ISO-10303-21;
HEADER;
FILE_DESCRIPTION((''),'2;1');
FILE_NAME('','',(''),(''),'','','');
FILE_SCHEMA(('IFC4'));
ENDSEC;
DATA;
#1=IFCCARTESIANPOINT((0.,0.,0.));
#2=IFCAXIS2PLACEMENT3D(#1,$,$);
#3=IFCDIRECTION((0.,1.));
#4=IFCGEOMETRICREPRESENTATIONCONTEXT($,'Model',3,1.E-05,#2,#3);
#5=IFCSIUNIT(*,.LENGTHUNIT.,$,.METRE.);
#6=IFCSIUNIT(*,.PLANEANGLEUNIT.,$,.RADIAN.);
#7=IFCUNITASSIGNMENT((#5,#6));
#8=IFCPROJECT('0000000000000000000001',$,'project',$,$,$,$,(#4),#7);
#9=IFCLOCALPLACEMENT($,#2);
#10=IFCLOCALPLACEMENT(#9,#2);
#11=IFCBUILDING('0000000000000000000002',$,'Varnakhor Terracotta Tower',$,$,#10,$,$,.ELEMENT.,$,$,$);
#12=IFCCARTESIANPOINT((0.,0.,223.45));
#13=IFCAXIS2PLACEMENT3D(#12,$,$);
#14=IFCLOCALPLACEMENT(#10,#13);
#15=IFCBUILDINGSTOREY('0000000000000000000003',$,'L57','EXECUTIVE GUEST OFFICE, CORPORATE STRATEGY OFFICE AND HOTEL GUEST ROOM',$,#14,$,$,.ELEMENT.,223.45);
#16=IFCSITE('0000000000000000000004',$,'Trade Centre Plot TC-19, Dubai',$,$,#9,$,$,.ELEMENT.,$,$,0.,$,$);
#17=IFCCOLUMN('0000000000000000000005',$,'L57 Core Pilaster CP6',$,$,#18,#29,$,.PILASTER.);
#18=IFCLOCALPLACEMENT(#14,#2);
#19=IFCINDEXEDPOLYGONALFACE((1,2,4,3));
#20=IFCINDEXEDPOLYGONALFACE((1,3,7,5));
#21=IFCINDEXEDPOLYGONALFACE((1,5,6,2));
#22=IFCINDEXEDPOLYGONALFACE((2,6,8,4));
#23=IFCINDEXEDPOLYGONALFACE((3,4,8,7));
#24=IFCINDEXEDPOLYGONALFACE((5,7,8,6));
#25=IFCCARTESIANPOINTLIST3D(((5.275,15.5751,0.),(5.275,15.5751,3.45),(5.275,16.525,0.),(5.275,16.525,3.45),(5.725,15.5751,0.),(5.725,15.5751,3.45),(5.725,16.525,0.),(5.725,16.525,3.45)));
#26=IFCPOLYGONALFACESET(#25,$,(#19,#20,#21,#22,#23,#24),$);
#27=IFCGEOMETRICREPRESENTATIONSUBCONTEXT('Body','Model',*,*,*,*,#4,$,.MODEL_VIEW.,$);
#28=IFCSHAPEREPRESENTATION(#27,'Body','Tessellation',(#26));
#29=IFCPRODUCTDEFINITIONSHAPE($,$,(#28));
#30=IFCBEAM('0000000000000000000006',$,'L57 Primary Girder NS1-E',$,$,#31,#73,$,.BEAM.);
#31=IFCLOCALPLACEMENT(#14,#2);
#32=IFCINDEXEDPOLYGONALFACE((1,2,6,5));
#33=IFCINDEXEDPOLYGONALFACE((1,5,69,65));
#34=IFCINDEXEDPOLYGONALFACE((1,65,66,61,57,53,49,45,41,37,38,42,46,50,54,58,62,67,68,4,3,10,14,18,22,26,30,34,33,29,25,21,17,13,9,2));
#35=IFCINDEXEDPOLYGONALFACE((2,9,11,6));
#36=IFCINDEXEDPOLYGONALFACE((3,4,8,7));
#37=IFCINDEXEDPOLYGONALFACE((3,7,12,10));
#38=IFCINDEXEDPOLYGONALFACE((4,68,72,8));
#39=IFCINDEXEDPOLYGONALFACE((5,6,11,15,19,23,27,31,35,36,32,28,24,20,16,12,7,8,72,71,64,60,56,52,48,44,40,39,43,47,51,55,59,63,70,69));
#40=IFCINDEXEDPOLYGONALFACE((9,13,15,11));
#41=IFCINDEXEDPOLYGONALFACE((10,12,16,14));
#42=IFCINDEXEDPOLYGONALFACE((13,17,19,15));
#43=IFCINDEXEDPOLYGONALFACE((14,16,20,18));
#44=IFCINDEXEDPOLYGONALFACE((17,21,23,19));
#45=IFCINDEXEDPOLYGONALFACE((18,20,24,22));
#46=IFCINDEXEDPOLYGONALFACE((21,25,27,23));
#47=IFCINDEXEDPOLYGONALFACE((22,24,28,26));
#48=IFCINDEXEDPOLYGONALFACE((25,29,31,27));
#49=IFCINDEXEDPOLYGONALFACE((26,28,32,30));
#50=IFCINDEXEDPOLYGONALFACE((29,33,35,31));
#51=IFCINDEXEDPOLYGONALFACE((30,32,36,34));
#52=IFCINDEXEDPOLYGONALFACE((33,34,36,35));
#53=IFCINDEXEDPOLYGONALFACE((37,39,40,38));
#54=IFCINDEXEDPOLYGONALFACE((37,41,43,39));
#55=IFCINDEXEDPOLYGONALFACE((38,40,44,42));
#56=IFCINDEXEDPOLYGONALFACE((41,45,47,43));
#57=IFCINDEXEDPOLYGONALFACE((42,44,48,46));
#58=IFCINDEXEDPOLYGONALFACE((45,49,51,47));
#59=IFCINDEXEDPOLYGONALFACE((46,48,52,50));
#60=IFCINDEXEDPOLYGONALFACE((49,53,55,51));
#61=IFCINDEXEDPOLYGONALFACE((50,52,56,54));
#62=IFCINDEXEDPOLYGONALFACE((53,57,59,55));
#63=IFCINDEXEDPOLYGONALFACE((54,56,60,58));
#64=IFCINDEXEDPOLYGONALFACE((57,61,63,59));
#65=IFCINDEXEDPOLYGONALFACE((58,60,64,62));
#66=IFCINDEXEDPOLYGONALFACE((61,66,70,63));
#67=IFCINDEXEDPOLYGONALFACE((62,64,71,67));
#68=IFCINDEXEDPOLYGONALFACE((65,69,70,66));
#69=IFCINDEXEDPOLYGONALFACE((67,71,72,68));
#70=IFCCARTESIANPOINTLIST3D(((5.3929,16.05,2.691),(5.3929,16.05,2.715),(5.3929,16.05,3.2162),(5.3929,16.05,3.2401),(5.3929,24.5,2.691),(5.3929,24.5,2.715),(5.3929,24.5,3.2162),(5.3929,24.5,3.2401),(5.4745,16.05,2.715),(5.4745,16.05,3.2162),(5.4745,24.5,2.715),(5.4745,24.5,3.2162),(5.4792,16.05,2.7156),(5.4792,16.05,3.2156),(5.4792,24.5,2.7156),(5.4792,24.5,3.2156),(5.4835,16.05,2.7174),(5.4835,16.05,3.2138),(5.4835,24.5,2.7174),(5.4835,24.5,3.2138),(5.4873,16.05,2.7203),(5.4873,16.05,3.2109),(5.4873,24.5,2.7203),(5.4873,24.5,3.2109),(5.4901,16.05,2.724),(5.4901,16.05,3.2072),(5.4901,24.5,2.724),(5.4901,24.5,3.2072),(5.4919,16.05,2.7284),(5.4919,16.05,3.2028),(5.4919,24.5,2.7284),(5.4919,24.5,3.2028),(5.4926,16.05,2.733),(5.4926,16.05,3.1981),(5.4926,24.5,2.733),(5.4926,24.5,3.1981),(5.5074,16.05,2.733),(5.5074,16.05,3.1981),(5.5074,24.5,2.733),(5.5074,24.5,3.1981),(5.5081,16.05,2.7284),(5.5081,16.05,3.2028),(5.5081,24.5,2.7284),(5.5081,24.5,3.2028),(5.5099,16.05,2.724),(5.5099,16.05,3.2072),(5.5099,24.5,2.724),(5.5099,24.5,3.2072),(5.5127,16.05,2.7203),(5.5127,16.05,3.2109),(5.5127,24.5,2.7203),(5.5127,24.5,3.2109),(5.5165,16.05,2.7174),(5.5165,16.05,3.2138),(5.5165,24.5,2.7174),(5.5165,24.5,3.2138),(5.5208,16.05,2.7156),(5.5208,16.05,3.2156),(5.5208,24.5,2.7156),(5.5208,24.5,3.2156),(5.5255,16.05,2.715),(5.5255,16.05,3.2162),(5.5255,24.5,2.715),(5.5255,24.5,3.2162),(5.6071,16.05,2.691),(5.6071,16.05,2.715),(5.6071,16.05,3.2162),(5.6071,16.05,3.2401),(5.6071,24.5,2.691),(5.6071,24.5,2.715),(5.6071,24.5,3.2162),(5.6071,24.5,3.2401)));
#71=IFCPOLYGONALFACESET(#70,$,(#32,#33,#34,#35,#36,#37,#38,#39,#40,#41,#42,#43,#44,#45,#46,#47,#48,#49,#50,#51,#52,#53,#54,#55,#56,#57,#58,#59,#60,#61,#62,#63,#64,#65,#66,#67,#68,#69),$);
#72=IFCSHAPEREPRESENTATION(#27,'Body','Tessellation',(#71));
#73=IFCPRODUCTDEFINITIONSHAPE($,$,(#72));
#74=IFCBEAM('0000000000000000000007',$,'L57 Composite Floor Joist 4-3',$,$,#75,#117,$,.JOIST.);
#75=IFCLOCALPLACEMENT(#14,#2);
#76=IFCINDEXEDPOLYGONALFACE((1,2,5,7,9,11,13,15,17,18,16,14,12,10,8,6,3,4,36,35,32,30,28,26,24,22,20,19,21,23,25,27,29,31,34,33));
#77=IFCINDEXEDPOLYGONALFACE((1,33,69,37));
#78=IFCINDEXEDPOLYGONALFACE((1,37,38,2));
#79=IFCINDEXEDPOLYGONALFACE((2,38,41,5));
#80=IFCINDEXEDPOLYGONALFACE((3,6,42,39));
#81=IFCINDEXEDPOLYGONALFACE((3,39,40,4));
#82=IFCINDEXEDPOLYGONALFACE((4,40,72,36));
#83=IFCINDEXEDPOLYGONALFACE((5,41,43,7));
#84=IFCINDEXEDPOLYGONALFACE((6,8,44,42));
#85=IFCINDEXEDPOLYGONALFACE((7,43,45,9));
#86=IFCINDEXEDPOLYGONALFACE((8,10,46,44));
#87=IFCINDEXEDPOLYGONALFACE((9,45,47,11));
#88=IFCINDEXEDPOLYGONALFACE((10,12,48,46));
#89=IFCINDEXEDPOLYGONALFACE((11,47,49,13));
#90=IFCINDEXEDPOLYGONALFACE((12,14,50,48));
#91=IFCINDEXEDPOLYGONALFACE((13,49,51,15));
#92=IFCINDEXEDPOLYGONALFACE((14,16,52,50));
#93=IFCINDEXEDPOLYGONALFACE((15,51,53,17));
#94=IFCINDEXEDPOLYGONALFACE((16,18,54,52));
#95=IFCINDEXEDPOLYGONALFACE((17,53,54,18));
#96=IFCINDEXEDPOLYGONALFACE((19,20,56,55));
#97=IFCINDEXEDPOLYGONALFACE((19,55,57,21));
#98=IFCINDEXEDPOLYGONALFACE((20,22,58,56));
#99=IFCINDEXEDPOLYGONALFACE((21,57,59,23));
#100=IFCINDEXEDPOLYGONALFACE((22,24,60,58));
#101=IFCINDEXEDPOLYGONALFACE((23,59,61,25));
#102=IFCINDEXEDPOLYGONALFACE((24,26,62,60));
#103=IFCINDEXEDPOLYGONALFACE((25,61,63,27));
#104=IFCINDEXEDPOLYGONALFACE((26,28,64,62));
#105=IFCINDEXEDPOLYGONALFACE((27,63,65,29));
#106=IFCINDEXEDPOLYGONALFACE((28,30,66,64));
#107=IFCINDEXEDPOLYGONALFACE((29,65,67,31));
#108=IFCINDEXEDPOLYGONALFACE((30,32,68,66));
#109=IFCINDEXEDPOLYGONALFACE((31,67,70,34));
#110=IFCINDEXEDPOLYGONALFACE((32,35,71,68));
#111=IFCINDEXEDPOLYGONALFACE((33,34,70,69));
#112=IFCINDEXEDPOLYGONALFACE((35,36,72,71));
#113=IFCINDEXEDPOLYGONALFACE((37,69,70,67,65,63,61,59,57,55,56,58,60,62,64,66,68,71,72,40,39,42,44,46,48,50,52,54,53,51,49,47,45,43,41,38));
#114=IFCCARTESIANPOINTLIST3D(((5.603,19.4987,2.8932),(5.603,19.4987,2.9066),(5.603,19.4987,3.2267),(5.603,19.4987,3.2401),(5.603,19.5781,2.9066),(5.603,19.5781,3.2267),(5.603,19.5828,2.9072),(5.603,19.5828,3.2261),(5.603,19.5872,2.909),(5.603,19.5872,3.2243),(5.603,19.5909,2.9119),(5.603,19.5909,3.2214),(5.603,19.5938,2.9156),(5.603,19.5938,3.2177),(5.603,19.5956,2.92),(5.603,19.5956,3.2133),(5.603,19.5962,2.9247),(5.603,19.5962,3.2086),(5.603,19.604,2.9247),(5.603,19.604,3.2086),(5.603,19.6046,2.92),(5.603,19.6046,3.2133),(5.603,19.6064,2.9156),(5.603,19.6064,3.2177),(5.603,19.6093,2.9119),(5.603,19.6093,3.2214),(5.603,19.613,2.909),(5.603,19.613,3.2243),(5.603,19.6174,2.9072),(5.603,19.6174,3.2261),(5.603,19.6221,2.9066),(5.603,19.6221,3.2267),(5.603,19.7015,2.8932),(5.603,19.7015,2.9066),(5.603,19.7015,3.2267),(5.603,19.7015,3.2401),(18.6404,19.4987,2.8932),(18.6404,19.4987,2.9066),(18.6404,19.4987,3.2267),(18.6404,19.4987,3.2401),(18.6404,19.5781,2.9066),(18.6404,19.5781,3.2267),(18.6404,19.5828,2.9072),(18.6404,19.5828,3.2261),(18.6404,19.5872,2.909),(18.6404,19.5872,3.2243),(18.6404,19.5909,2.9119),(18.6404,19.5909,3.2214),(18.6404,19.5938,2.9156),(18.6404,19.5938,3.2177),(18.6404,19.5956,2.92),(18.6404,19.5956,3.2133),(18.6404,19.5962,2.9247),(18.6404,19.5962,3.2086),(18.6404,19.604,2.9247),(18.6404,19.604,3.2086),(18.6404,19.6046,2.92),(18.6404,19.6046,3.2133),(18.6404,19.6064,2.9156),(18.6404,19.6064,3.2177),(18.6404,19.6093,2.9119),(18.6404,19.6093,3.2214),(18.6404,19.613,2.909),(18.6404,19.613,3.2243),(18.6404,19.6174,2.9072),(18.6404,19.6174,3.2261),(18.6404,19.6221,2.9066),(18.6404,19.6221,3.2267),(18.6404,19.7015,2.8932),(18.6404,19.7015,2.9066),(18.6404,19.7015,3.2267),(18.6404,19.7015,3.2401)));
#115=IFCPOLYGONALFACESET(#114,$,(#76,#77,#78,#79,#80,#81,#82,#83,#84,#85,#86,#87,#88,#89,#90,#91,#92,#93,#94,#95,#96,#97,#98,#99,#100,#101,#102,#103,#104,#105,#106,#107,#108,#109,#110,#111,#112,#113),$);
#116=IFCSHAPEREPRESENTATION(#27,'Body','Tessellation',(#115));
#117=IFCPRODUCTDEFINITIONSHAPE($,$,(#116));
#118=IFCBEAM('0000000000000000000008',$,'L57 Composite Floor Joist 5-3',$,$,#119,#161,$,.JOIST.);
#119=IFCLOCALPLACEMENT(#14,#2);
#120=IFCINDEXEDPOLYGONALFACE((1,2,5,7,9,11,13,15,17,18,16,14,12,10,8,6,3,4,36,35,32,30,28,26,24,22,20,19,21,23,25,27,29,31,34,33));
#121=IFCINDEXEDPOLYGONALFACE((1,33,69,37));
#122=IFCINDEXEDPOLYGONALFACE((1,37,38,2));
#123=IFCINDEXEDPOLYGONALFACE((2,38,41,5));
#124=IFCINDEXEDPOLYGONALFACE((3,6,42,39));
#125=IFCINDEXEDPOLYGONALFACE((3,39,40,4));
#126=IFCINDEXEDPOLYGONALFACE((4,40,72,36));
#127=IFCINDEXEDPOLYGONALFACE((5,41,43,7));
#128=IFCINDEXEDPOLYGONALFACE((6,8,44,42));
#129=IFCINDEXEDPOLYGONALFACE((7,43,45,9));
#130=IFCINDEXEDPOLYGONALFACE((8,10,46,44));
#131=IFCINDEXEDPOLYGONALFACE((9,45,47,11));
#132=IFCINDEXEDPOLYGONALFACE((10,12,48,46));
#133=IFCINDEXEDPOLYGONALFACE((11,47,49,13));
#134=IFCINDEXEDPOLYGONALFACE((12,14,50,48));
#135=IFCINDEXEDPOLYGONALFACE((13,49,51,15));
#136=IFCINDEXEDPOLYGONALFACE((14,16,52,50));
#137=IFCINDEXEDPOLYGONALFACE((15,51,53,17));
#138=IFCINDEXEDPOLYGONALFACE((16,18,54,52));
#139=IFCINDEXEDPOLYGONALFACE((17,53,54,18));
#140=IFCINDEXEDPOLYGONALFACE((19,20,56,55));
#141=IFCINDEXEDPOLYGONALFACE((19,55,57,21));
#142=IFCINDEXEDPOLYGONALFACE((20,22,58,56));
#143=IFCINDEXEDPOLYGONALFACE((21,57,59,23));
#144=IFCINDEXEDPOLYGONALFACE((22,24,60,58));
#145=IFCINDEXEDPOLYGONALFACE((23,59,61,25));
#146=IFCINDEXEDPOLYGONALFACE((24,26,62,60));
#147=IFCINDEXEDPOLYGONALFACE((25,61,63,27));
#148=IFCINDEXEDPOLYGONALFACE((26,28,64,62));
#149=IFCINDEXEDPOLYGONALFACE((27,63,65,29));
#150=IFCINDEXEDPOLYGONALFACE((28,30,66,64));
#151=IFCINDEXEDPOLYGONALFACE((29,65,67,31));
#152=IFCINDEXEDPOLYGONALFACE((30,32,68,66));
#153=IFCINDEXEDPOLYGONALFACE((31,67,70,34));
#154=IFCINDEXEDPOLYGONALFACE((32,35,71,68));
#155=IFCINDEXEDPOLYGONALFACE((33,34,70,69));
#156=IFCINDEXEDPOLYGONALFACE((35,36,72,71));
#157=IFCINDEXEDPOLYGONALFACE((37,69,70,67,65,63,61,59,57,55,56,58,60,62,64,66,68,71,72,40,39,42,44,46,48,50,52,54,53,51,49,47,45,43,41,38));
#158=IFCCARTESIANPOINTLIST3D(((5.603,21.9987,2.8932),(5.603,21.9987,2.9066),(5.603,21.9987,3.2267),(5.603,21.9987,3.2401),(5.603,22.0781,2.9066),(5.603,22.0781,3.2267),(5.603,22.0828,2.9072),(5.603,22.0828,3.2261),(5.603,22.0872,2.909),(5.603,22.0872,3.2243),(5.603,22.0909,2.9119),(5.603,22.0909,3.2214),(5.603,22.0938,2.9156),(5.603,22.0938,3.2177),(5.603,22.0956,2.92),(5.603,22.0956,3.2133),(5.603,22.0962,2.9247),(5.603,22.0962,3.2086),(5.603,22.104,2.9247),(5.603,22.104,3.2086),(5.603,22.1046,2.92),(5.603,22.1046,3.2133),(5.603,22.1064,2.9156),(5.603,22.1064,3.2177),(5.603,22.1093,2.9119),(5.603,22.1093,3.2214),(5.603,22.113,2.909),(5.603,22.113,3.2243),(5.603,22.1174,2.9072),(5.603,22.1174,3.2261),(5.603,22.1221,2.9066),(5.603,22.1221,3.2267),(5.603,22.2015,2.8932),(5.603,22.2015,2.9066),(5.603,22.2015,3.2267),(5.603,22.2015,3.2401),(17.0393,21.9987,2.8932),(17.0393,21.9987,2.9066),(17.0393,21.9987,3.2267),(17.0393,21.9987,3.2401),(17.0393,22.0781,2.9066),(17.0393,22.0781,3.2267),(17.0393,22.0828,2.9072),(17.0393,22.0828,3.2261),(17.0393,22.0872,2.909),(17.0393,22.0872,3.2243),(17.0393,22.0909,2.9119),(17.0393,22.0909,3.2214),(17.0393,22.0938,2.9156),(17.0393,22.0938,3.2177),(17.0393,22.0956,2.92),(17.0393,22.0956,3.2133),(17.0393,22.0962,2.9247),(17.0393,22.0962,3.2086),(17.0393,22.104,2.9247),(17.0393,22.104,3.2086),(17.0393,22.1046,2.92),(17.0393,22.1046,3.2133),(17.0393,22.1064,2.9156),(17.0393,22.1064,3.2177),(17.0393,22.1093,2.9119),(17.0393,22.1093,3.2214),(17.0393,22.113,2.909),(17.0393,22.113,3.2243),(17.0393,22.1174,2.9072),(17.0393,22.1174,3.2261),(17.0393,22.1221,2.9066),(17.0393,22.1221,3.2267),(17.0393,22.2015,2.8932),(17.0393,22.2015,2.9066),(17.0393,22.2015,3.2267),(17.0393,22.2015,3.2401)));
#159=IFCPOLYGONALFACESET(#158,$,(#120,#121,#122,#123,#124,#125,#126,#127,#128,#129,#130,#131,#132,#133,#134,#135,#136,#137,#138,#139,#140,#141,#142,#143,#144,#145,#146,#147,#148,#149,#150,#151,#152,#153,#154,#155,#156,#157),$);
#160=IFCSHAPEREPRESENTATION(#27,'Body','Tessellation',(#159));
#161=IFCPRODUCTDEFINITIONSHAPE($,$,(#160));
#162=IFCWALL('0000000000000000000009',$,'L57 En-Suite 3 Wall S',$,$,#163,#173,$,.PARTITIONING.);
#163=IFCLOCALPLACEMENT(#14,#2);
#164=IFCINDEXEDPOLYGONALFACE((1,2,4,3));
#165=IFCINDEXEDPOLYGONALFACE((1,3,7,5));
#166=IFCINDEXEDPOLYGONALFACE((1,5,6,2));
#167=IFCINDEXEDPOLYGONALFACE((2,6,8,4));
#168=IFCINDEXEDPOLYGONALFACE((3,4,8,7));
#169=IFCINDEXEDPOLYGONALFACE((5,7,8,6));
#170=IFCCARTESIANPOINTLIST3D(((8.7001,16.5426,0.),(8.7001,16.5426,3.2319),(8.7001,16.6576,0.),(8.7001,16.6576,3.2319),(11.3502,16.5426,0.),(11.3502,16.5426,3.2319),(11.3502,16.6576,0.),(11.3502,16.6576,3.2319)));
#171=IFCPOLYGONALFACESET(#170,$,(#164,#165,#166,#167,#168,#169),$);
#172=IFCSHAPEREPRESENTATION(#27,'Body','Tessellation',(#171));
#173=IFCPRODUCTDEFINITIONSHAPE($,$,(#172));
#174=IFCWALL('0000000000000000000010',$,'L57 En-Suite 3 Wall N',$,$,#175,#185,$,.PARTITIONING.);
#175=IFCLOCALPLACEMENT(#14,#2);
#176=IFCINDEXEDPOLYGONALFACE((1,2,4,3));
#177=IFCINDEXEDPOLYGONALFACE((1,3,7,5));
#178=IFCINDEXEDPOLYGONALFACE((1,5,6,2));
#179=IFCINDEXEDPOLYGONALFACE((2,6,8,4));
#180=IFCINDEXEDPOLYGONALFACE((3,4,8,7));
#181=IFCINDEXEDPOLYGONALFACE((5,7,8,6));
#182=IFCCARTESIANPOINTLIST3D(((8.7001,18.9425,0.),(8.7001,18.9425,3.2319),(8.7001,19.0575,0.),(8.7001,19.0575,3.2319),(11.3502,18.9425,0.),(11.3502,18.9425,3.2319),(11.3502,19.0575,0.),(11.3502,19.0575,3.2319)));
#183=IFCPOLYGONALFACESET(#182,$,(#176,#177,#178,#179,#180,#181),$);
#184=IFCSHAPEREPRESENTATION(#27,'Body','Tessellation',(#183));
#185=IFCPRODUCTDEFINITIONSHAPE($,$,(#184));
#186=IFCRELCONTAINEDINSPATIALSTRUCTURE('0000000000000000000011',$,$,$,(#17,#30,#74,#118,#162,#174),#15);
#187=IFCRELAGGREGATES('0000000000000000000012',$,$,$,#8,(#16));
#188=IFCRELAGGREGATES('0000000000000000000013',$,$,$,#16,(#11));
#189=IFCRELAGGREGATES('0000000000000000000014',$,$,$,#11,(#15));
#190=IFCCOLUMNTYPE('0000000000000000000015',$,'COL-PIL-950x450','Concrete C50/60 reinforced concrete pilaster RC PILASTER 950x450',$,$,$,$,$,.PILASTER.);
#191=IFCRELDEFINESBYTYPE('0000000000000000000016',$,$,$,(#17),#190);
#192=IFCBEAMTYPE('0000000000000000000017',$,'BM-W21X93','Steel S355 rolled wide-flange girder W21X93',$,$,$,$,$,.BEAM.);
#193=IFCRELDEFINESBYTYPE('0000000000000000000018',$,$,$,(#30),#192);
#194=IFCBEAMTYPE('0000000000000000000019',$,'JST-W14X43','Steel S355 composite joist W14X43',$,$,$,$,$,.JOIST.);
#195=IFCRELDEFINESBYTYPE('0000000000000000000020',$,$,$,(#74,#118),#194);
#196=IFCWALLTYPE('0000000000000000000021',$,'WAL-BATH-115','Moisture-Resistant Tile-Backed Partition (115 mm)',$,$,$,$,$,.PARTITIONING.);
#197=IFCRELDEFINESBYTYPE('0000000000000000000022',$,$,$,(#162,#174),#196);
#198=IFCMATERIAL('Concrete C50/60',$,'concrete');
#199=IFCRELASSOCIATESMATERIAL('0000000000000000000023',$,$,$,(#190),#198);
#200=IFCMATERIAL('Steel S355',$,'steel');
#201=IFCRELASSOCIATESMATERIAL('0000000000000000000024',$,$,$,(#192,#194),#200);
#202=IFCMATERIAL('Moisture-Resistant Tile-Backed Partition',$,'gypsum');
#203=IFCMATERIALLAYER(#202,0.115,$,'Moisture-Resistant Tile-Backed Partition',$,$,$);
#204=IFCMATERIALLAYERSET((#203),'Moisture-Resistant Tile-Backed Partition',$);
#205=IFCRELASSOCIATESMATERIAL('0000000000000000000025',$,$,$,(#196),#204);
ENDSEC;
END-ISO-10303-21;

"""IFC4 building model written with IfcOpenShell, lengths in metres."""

from ifc_helpers import new_model, si_unit, direction, frame, frame_2d, origin, origin_2d, place, context, subcontext, project, spatial, rectangle, i_section, extrude, source, transform, mapped, material, layer, layer_set, material_profile, profile_set, type_object, type_shapes, element, save


model = new_model("IFC4")

# Units and contexts
model_context = context("Model", 3, precision=1e-05, world=origin(), true_north=direction((0.0, 1.0)))
body_context = subcontext(model_context, "Body", "Model", "MODEL_VIEW")
ifc_project = project(units=[si_unit("LENGTHUNIT", "METRE"), si_unit("PLANEANGLEUNIT", "RADIAN")], contexts=[model_context])

# Site, building, storey
site_placement = place(None, origin())
site = spatial("IfcSite", under=ifc_project, at=site_placement, Name="Trade Centre Plot TC-19, Dubai", CompositionType="ELEMENT", RefElevation=0.0)
building_placement = place(site_placement, origin())
building = spatial("IfcBuilding", under=site, at=building_placement, Name="Varnakhor Terracotta Tower", CompositionType="ELEMENT")
storey_placement = place(building_placement, frame((0.0, 0.0, 223.45)))
storey = spatial("IfcBuildingStorey", under=building, at=storey_placement, Name="L57", Description="EXECUTIVE GUEST OFFICE, CORPORATE STRATEGY OFFICE AND HOTEL GUEST ROOM", CompositionType="ELEMENT", Elevation=223.45)

# Column
ifc_material_1 = material(Name="Concrete C50/60", Category="concrete")
ifc_material_profile_1 = material_profile(ifc_material_1, rectangle(XDim=0.45, YDim=0.95, at=origin_2d()), Name="RC PILASTER 950x450")
ifc_profile_set_1 = profile_set([ifc_material_profile_1], Name="Concrete C50/60")
column_type = type_object("IfcColumnType", Name="COL-PIL-950x450", Description="Concrete C50/60 reinforced concrete pilaster RC PILASTER 950x450", PredefinedType="PILASTER", material=ifc_profile_set_1)
shared_shape_1 = source(origin(), body_context, "Body", "SweptSolid", [
    extrude(rectangle(XDim=0.45, YDim=0.95, at=origin_2d()), origin(), (0.0, 0.0, 1.0), 3.45),
])
column_placement = place(storey_placement, frame((5.5, 16.05, 0.0), z_axis=(0.0, 0.0, 1.0), x_axis=(1.0, 0.0, 0.0)))
element("IfcColumn", 1, at=column_placement, inside=storey, type_object=column_type, Name="L57 Core Pilaster CP6", PredefinedType="PILASTER", context=body_context, shape_type="MappedRepresentation", body=[
    mapped(shared_shape_1, transform((0.0, 0.0, 0.0), scale=1.0)),
])

# Beams
ifc_material_2 = material(Name="Steel S355", Category="steel")
ifc_material_profile_2 = material_profile(ifc_material_2, i_section(OverallWidth=0.2141, OverallDepth=0.5491, WebThickness=0.0149, FlangeThickness=0.0239, FilletRadius=0.0181, at=origin_2d()), Name="W21X93")
ifc_profile_set_2 = profile_set([ifc_material_profile_2], Name="Steel S355")
beam_type_1 = type_object("IfcBeamType", Name="BM-W21X93", Description="Steel S355 rolled wide-flange girder W21X93", PredefinedType="BEAM", material=ifc_profile_set_2)
shared_shape_2 = source(origin(), body_context, "Body", "SweptSolid", [
    extrude(i_section(OverallWidth=0.2141, OverallDepth=0.5491, WebThickness=0.0149, FlangeThickness=0.0239, FilletRadius=0.0181, at=origin_2d()), origin(), (0.0, 0.0, 1.0), 8.45),
])
type_shapes(beam_type_1, [shared_shape_2])
beam_1_placement = place(storey_placement, frame((5.5, 16.05, 2.9656), z_axis=(0.0, 1.0, 0.0), x_axis=(-1.0, 0.0, 0.0)))
element("IfcBeam", 2, at=beam_1_placement, inside=storey, type_object=beam_type_1, Name="L57 Primary Girder NS1-E", PredefinedType="BEAM", context=body_context, shape_type="MappedRepresentation", body=[
    mapped(shared_shape_2, transform((0.0, 0.0, 0.0), scale=1.0)),
])
ifc_material_profile_3 = material_profile(ifc_material_2, i_section(OverallWidth=0.2029, OverallDepth=0.3469, WebThickness=0.0078, FlangeThickness=0.0134, FilletRadius=0.0181, at=origin_2d()), Name="W14X43")
ifc_profile_set_3 = profile_set([ifc_material_profile_3], Name="Steel S355")
beam_type_2 = type_object("IfcBeamType", Name="JST-W14X43", Description="Steel S355 composite joist W14X43", PredefinedType="JOIST", material=ifc_profile_set_3)
shared_shape_3 = source(origin(), body_context, "Body", "SweptSolid", [
    extrude(i_section(OverallWidth=0.2029, OverallDepth=0.3469, WebThickness=0.0078, FlangeThickness=0.0134, FilletRadius=0.0181, at=origin_2d()), origin(), (0.0, 0.0, 1.0), 13.0374),
])
beam_2_placement = place(storey_placement, frame((5.603, 19.6001, 3.0667), z_axis=(1.0, 0.0, 0.0), x_axis=(0.0, 1.0, 0.0)))
element("IfcBeam", 3, at=beam_2_placement, inside=storey, type_object=beam_type_2, Name="L57 Composite Floor Joist 4-3", PredefinedType="JOIST", context=body_context, shape_type="MappedRepresentation", body=[
    mapped(shared_shape_3, transform((0.0, 0.0, 0.0), scale=1.0)),
])
shared_shape_4 = source(origin(), body_context, "Body", "SweptSolid", [
    extrude(i_section(OverallWidth=0.2029, OverallDepth=0.3469, WebThickness=0.0078, FlangeThickness=0.0134, FilletRadius=0.0181, at=origin_2d()), origin(), (0.0, 0.0, 1.0), 11.4363),
])
beam_3_placement = place(storey_placement, frame((5.603, 22.1001, 3.0667), z_axis=(1.0, 0.0, 0.0), x_axis=(0.0, 1.0, 0.0)))
element("IfcBeam", 4, at=beam_3_placement, inside=storey, type_object=beam_type_2, Name="L57 Composite Floor Joist 5-3", PredefinedType="JOIST", context=body_context, shape_type="MappedRepresentation", body=[
    mapped(shared_shape_4, transform((0.0, 0.0, 0.0), scale=1.0)),
])

# Walls
ifc_material_3 = material(Name="Moisture-Resistant Tile-Backed Partition", Category="gypsum")
ifc_layer_1 = layer(ifc_material_3, 0.115, Name="Moisture-Resistant Tile-Backed Partition")
ifc_layer_set_1 = layer_set([ifc_layer_1], Name="Moisture-Resistant Tile-Backed Partition")
wall_type_1 = type_object("IfcWallType", Name="WAL-BATH-115", Description="Moisture-Resistant Tile-Backed Partition (115 mm)", PredefinedType="PARTITIONING", material=ifc_layer_set_1)
for number, where, z_axis, x_axis, name in (
    (5, (8.7, 16.6001, 0.0), (0.0, 0.0, 1.0), (1.0, 0.0, 0.0), "L57 En-Suite 3 Wall S"),
    (6, (8.7, 19.0, 0.0), (0.0, 0.0, 1.0), (1.0, 0.0, 0.0), "L57 En-Suite 3 Wall N"),
):
    element("IfcWall", number, at=place(storey_placement, frame(where, z_axis=z_axis, x_axis=x_axis)), inside=storey, type_object=wall_type_1, Name=name, PredefinedType="PARTITIONING", context=body_context, shape_type="SweptSolid", body=[
        extrude(rectangle(XDim=2.6501, YDim=0.115, at=frame_2d((1.3252, 0.0))), origin(), (0.0, 0.0, 1.0), 3.2319),
    ])

save(model, "model.ifc")
